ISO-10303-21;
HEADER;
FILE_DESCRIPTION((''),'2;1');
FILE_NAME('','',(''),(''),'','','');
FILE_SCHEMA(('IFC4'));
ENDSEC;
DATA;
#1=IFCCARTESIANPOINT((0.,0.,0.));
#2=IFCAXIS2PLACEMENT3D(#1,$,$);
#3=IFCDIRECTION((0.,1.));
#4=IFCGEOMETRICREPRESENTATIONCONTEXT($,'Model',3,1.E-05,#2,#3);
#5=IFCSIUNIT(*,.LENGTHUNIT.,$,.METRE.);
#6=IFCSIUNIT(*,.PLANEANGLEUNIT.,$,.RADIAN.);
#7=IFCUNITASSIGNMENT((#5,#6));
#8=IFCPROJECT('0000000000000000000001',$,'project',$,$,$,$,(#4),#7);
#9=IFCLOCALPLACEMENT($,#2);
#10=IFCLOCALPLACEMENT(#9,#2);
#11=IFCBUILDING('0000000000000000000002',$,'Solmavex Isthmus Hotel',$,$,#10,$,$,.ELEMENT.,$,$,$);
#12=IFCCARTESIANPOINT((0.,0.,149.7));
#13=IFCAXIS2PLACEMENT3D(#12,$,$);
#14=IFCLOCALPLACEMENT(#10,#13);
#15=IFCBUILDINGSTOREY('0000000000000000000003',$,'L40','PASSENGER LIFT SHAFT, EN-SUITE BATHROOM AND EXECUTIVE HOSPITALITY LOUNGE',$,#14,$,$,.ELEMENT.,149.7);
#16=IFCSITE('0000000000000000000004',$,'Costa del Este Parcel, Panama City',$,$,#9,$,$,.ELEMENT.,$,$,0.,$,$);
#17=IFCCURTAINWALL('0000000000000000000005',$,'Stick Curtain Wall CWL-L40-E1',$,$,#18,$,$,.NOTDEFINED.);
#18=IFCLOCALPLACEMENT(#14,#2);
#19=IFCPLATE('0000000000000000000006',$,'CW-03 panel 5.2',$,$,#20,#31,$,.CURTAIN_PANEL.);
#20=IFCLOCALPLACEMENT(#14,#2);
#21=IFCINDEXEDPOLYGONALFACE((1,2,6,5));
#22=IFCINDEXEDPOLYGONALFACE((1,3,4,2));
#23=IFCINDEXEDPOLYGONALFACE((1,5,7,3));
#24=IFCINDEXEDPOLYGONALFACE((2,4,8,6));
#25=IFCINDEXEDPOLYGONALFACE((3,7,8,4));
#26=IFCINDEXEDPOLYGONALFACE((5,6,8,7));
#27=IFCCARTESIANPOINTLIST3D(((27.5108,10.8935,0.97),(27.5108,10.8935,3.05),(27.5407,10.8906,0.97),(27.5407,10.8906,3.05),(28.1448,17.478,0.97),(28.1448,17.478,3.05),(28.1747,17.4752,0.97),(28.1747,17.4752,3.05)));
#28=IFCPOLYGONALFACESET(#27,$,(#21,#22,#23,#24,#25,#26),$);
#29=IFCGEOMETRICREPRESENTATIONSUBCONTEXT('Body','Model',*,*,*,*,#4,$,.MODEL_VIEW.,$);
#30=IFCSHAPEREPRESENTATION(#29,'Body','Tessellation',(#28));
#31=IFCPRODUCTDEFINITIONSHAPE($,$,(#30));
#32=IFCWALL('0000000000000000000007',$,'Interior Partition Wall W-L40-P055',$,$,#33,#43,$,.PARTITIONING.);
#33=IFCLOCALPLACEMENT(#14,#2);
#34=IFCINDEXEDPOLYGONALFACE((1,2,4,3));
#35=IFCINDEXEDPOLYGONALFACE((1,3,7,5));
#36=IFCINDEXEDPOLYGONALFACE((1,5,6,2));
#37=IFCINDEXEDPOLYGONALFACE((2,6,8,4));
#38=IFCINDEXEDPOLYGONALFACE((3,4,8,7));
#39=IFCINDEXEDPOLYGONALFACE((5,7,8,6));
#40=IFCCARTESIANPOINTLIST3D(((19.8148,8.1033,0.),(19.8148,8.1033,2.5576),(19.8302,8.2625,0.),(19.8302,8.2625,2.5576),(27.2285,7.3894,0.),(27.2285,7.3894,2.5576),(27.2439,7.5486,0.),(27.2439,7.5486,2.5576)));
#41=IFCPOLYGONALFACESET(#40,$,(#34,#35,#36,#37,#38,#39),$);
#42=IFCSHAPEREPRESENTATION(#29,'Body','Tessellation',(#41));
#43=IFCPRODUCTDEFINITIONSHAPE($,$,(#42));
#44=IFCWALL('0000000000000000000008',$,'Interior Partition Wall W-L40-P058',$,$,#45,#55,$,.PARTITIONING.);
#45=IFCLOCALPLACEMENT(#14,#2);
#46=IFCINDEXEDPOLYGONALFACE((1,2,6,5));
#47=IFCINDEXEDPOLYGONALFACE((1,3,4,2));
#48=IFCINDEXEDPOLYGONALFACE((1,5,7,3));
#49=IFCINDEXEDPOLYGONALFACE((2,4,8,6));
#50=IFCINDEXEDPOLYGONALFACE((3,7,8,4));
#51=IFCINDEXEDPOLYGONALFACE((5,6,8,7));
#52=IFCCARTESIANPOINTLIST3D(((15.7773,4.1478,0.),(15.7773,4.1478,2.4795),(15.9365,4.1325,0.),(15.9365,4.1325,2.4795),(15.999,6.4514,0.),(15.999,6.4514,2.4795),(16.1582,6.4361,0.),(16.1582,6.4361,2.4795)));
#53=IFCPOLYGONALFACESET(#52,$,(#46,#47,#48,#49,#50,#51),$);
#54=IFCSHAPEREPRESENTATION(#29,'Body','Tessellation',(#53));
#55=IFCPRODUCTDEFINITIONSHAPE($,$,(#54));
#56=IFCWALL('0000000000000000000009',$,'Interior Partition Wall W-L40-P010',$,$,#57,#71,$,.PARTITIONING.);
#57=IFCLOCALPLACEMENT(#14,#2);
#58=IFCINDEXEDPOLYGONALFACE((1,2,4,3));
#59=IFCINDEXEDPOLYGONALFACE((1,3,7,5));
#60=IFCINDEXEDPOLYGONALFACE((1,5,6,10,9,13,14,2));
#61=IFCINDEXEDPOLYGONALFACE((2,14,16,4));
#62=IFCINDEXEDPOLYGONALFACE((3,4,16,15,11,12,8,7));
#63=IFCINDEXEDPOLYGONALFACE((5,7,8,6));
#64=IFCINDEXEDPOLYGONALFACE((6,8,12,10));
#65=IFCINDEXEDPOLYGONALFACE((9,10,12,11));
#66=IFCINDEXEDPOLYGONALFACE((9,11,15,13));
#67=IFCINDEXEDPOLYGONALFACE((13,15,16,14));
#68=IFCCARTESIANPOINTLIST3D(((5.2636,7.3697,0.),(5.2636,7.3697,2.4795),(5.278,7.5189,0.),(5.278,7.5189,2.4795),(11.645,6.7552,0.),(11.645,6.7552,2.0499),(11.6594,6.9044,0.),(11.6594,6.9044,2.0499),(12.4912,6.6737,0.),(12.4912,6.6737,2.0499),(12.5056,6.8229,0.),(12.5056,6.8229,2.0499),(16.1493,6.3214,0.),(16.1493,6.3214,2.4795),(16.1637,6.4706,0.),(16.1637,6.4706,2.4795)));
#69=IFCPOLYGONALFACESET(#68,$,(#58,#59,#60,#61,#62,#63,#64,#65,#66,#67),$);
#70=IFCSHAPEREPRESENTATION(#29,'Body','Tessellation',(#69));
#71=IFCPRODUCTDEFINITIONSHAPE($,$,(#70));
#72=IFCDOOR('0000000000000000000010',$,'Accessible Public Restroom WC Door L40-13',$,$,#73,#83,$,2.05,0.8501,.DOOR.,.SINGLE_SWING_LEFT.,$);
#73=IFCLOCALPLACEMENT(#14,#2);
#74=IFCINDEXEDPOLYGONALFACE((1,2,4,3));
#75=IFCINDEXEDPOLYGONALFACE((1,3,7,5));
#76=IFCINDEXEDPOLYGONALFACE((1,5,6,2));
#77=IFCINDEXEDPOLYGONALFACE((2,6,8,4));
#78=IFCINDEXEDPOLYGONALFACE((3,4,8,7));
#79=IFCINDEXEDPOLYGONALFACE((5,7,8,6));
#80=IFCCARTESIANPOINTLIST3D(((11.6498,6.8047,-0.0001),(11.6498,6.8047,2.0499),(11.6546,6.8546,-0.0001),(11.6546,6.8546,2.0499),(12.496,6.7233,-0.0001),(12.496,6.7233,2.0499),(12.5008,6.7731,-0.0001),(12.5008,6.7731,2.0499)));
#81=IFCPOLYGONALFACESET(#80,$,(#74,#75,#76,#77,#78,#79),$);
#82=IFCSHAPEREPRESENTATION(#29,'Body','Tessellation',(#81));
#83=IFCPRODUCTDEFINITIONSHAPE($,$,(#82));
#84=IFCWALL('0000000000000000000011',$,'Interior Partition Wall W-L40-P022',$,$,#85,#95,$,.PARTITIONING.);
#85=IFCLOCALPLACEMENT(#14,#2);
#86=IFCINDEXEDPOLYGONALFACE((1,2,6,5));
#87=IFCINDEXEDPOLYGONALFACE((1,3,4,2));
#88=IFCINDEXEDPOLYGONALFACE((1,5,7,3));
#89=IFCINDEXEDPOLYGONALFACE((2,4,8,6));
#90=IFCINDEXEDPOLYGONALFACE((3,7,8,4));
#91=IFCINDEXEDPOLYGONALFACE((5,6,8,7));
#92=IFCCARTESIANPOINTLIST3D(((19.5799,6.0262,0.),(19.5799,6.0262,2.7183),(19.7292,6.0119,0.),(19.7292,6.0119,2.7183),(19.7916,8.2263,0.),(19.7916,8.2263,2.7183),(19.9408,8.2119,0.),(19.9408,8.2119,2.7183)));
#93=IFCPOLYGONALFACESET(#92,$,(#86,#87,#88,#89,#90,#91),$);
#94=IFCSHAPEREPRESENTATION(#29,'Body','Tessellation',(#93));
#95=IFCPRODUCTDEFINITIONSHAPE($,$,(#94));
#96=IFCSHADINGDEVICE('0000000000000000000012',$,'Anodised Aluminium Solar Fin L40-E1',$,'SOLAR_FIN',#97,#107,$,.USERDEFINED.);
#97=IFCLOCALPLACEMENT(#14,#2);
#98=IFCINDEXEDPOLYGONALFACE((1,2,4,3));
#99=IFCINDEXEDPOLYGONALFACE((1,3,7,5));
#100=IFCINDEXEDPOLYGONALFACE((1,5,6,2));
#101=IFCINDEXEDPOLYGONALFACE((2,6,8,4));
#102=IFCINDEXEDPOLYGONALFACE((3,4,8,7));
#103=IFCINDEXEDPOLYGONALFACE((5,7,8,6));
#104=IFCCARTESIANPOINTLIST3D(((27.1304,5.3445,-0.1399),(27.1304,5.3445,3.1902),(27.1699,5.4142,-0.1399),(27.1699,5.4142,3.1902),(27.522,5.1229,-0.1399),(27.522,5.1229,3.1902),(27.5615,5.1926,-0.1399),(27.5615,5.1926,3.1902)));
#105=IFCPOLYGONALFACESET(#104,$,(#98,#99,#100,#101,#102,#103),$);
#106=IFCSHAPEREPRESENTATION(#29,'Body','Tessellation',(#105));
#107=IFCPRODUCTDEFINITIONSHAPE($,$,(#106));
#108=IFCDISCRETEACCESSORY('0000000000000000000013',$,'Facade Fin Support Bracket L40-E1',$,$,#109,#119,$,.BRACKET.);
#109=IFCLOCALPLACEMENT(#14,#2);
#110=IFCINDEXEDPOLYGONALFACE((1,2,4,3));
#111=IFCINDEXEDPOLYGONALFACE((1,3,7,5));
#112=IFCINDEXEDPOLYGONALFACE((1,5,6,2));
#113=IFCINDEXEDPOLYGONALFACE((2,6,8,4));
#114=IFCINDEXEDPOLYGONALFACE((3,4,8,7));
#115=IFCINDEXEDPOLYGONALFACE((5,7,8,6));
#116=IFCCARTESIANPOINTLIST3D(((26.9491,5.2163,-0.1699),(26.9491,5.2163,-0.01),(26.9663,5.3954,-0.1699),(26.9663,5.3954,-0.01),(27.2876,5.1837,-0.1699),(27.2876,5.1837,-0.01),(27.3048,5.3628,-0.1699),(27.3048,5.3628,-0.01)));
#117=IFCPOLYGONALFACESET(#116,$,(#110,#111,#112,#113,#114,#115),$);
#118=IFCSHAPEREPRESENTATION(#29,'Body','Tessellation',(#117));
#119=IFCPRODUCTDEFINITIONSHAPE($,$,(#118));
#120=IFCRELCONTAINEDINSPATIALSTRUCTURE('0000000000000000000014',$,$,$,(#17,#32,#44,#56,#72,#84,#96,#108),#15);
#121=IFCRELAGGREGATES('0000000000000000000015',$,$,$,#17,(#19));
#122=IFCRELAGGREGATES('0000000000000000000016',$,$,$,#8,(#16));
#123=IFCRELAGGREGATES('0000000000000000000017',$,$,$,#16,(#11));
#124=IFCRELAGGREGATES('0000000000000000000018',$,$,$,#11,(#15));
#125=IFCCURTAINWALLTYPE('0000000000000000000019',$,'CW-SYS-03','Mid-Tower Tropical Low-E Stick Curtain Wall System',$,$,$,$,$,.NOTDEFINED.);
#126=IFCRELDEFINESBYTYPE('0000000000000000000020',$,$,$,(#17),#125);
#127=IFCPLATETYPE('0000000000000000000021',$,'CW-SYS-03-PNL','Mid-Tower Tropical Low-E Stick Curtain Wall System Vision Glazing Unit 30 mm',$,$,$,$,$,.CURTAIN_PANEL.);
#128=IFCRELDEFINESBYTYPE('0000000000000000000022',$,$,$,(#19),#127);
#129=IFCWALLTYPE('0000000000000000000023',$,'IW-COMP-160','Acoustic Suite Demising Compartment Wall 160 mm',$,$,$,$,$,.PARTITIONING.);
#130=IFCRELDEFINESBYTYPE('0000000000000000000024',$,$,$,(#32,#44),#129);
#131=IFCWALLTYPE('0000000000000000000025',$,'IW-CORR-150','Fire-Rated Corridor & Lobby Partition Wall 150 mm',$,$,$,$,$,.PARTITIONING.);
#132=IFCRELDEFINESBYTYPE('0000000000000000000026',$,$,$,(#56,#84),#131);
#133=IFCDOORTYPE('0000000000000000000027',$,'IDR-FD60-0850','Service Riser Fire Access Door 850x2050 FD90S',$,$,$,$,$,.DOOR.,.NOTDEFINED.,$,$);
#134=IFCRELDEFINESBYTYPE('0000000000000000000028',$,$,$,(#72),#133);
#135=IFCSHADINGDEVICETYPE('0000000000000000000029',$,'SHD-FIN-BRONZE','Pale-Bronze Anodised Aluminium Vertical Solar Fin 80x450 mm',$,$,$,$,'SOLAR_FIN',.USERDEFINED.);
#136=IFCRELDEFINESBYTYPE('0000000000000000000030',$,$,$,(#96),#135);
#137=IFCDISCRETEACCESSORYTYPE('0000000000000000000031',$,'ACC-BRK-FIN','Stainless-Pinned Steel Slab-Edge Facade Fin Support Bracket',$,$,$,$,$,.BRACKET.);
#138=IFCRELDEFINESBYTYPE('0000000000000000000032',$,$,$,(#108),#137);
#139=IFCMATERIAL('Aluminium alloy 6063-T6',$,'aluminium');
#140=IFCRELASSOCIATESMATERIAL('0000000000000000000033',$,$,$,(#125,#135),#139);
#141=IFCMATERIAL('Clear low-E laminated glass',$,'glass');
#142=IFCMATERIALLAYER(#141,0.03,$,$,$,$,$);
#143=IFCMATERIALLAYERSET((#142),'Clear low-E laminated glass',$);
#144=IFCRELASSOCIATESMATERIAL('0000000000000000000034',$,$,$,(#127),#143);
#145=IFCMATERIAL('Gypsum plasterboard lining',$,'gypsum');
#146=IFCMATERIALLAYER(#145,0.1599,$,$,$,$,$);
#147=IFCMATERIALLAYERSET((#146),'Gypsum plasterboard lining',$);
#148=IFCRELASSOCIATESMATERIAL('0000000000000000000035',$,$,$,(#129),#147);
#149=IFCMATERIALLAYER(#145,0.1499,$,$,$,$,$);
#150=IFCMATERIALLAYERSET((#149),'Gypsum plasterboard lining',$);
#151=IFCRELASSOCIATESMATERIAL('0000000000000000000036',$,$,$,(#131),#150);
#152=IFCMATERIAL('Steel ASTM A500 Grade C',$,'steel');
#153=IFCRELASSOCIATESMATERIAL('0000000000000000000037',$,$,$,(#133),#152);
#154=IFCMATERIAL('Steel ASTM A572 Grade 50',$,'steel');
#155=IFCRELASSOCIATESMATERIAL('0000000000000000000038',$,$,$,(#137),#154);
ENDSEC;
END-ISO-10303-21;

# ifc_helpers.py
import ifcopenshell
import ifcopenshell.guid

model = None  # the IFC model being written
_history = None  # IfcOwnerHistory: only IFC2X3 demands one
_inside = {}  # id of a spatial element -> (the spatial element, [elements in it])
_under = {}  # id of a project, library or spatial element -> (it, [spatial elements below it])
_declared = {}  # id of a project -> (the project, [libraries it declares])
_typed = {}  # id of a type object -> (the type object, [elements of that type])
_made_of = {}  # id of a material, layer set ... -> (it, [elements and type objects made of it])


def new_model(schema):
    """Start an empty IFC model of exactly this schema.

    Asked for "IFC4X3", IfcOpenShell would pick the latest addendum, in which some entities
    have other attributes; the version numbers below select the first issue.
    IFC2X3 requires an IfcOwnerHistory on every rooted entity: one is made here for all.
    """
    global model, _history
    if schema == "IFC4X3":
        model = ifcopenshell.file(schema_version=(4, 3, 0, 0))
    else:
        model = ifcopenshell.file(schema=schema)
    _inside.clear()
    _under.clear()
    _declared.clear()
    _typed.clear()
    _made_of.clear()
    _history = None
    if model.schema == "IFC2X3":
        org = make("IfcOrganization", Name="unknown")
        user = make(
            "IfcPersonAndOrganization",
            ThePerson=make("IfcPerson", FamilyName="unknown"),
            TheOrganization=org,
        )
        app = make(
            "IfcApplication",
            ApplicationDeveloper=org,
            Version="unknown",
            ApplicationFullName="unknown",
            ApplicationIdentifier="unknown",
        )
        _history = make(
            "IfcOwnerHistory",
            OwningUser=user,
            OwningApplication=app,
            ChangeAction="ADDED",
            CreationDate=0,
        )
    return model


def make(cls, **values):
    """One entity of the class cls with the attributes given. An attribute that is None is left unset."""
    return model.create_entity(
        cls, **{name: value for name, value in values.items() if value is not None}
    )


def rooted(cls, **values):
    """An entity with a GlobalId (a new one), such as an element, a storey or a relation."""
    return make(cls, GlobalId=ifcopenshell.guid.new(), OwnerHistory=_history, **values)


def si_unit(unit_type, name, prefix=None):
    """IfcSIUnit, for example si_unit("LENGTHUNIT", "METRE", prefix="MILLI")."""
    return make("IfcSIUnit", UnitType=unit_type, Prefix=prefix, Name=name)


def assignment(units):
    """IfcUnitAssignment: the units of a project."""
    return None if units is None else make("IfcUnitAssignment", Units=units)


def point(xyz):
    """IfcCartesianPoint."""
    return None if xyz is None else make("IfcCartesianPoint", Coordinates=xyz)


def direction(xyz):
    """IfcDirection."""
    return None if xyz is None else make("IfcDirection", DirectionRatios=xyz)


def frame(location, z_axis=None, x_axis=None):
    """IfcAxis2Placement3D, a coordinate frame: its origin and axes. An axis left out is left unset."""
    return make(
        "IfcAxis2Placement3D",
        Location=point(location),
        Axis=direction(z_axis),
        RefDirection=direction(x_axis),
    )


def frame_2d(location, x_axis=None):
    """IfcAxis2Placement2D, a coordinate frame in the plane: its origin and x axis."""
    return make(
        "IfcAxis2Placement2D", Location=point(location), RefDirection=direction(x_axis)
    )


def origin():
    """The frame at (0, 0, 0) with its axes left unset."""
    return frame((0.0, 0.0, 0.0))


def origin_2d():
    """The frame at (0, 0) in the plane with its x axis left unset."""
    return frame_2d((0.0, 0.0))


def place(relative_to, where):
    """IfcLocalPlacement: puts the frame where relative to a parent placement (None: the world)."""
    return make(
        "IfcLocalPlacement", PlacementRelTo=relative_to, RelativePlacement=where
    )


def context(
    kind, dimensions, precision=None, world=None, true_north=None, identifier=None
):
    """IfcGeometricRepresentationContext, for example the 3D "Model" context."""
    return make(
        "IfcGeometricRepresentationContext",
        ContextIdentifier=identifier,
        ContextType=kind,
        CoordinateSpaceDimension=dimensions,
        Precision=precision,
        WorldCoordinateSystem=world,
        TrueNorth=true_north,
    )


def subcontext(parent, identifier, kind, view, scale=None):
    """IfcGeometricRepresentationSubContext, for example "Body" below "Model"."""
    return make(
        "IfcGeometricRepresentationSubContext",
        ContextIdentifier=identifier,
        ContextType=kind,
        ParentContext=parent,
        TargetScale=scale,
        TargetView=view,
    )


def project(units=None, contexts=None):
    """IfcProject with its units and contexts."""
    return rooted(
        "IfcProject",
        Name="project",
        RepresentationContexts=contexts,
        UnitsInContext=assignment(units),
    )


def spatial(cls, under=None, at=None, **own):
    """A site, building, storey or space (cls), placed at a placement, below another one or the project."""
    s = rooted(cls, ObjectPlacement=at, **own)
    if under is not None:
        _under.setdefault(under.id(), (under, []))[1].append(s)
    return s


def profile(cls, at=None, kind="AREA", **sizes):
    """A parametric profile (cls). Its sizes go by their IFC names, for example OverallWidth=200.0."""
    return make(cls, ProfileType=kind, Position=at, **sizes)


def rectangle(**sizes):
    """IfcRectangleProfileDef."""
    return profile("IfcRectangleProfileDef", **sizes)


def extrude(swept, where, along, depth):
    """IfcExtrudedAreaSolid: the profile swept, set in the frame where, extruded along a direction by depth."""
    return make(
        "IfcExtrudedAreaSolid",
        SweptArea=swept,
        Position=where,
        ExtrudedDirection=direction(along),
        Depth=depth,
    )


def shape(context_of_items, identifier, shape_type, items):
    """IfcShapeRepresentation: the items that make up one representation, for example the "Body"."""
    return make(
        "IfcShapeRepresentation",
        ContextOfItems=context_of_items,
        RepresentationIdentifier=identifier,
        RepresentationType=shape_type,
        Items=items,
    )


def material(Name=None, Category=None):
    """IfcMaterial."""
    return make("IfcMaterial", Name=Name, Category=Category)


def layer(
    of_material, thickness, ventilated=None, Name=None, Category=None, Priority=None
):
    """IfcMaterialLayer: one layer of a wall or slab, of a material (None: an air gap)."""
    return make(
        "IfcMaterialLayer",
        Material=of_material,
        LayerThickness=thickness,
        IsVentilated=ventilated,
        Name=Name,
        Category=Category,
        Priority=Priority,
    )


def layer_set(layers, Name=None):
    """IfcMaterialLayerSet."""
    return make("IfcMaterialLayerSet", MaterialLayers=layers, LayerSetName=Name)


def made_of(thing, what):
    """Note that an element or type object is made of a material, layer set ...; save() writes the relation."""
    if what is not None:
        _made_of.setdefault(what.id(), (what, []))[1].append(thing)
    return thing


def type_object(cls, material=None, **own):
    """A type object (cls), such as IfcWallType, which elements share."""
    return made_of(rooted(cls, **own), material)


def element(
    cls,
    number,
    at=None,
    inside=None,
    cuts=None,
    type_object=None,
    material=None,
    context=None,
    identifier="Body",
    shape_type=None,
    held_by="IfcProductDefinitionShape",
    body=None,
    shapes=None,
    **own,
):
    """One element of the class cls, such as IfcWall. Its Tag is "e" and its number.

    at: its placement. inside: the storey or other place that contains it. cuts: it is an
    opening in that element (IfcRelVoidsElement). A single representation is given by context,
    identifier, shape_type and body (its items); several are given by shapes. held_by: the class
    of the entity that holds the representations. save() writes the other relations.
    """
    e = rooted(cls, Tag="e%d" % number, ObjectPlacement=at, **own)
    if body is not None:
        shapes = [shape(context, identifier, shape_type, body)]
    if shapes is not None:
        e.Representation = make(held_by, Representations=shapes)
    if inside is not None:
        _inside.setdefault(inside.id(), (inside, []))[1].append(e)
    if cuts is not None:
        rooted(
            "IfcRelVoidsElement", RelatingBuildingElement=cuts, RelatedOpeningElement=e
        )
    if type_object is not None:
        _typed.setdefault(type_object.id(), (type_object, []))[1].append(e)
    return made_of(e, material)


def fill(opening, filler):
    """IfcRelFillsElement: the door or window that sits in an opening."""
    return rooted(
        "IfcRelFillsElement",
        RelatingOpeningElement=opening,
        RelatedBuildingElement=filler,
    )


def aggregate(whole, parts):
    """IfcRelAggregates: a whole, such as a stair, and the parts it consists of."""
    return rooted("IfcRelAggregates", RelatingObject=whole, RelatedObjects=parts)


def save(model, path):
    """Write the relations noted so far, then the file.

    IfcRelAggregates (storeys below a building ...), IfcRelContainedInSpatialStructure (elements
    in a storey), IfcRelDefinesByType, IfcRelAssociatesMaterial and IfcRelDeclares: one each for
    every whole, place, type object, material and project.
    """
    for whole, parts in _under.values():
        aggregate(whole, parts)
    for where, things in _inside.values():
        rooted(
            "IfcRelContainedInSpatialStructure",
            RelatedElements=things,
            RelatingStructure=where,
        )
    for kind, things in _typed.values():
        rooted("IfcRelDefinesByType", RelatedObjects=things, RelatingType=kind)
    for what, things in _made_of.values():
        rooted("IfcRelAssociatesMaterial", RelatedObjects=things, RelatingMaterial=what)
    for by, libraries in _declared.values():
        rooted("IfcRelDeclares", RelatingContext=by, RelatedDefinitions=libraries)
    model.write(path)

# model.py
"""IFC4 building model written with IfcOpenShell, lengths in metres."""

from ifc_helpers import new_model, si_unit, direction, frame, frame_2d, origin, origin_2d, place, context, subcontext, project, spatial, rectangle, extrude, material, layer, layer_set, type_object, element, fill, aggregate, save


model = new_model("IFC4")

# Units and contexts
model_context = context("Model", 3, precision=1e-05, world=origin(), true_north=direction((0.0, 1.0)))
body_context = subcontext(model_context, "Body", "Model", "MODEL_VIEW")
ifc_project = project(units=[si_unit("LENGTHUNIT", "METRE"), si_unit("PLANEANGLEUNIT", "RADIAN")], contexts=[model_context])

# Site, building, storey
site_placement = place(None, origin())
site = spatial("IfcSite", under=ifc_project, at=site_placement, Name="Costa del Este Parcel, Panama City", CompositionType="ELEMENT", RefElevation=0.0)
building_placement = place(site_placement, origin())
building = spatial("IfcBuilding", under=site, at=building_placement, Name="Solmavex Isthmus Hotel", CompositionType="ELEMENT")
storey_placement = place(building_placement, frame((0.0, 0.0, 149.7)))
storey = spatial("IfcBuildingStorey", under=building, at=storey_placement, Name="L40", Description="PASSENGER LIFT SHAFT, EN-SUITE BATHROOM AND EXECUTIVE HOSPITALITY LOUNGE", CompositionType="ELEMENT", Elevation=149.7)

# Curtain wall, plate
ifc_material_1 = material(Name="Aluminium alloy 6063-T6", Category="aluminium")
curtain_wall_type = type_object("IfcCurtainWallType", Name="CW-SYS-03", Description="Mid-Tower Tropical Low-E Stick Curtain Wall System", PredefinedType="NOTDEFINED", material=ifc_material_1)
curtain_wall_placement = place(storey_placement, origin())
curtain_wall = element("IfcCurtainWall", 1, at=curtain_wall_placement, inside=storey, type_object=curtain_wall_type, Name="Stick Curtain Wall CWL-L40-E1", PredefinedType="NOTDEFINED")
ifc_material_2 = material(Name="Clear low-E laminated glass", Category="glass")
ifc_layer_1 = layer(ifc_material_2, 0.03)
ifc_layer_set_1 = layer_set([ifc_layer_1], Name="Clear low-E laminated glass")
plate_type = type_object("IfcPlateType", Name="CW-SYS-03-PNL", Description="Mid-Tower Tropical Low-E Stick Curtain Wall System Vision Glazing Unit 30 mm", PredefinedType="CURTAIN_PANEL", material=ifc_layer_set_1)
plate_1_placement = place(storey_placement, frame((27.8428, 14.1843, 0.97), z_axis=(0.0, 0.0, 1.0), x_axis=(0.095846, 0.995396, 0.0)))
plate_1 = element("IfcPlate", 2, at=plate_1_placement, type_object=plate_type, Name="CW-03 panel 5.2", PredefinedType="CURTAIN_PANEL", context=body_context, shape_type="SweptSolid", body=[
    extrude(rectangle(XDim=6.615, YDim=0.03, at=origin_2d()), origin(), (0.0, 0.0, 1.0), 2.0801),
])
aggregate(curtain_wall, [plate_1])

# Walls
ifc_material_3 = material(Name="Gypsum plasterboard lining", Category="gypsum")
ifc_layer_2 = layer(ifc_material_3, 0.1599)
ifc_layer_set_2 = layer_set([ifc_layer_2], Name="Gypsum plasterboard lining")
wall_type_1 = type_object("IfcWallType", Name="IW-COMP-160", Description="Acoustic Suite Demising Compartment Wall 160 mm", PredefinedType="PARTITIONING", material=ifc_layer_set_2)
wall_1_placement = place(storey_placement, frame((27.2363, 7.469, 0.0), z_axis=(0.0, 0.0, 1.0), x_axis=(-0.995396, 0.095845, 0.0)))
element("IfcWall", 3, at=wall_1_placement, inside=storey, type_object=wall_type_1, Name="Interior Partition Wall W-L40-P055", PredefinedType="PARTITIONING", context=body_context, shape_type="SweptSolid", body=[
    extrude(rectangle(XDim=7.448, YDim=0.1599, at=frame_2d((3.7241, 0.0))), origin(), (0.0, 0.0, 1.0), 2.5576),
])
wall_2_placement = place(storey_placement, frame((16.0786, 6.4438, 0.0), z_axis=(0.0, 0.0, 1.0), x_axis=(-0.095795, -0.995401, 0.0)))
element("IfcWall", 4, at=wall_2_placement, inside=storey, type_object=wall_type_1, Name="Interior Partition Wall W-L40-P058", PredefinedType="PARTITIONING", context=body_context, shape_type="SweptSolid", body=[
    extrude(rectangle(XDim=2.3142, YDim=0.1599, at=frame_2d((1.1572, 0.0))), origin(), (0.0, 0.0, 1.0), 2.4795),
])

# Wall, opening, door
ifc_layer_3 = layer(ifc_material_3, 0.1499)
ifc_layer_set_3 = layer_set([ifc_layer_3], Name="Gypsum plasterboard lining")
wall_type_2 = type_object("IfcWallType", Name="IW-CORR-150", Description="Fire-Rated Corridor & Lobby Partition Wall 150 mm", PredefinedType="PARTITIONING", material=ifc_layer_set_3)
wall_3_placement = place(storey_placement, frame((16.1565, 6.396, 0.0), z_axis=(0.0, 0.0, 1.0), x_axis=(-0.995395, 0.09586, 0.0)))
wall_3 = element("IfcWall", 5, at=wall_3_placement, inside=storey, type_object=wall_type_2, Name="Interior Partition Wall W-L40-P010", PredefinedType="PARTITIONING", context=body_context, shape_type="SweptSolid", body=[
    extrude(rectangle(XDim=10.936, YDim=0.1499, at=frame_2d((5.468, 0.0))), origin(), (0.0, 0.0, 1.0), 2.4795),
])
opening_1_placement = place(wall_3_placement, frame((3.675, 0.0, 0.0)))
opening_1 = element("IfcOpeningElement", 6, at=opening_1_placement, cuts=wall_3, PredefinedType="OPENING", context=body_context, shape_type="SweptSolid", body=[
    extrude(rectangle(XDim=0.8501, YDim=2.05, at=frame_2d((0.425, 1.0249))), frame((0.0, 0.085, 0.0), z_axis=(0.0, -1.0, 0.0), x_axis=(1.0, 0.0, 0.0)), (0.0, 0.0, 1.0), 0.1699),
])
ifc_material_4 = material(Name="Steel ASTM A500 Grade C", Category="steel")
door_type_1 = type_object("IfcDoorType", Name="IDR-FD60-0850", Description="Service Riser Fire Access Door 850x2050 FD90S", OperationType="NOTDEFINED", PredefinedType="DOOR", material=ifc_material_4)
door_1_placement = place(opening_1_placement, frame((0.8501, 0.0, 0.0), z_axis=(0.0, 0.0, 1.0), x_axis=(-1.0, 0.0, 0.0)))
door_1 = element("IfcDoor", 7, at=door_1_placement, inside=storey, type_object=door_type_1, Name="Accessible Public Restroom WC Door L40-13", OperationType="SINGLE_SWING_LEFT", OverallHeight=2.05, OverallWidth=0.8501, PredefinedType="DOOR", context=body_context, shape_type="SweptSolid", body=[
    extrude(rectangle(XDim=0.8501, YDim=2.05, at=frame_2d((0.425, 1.0249))), frame((0.0, 0.0249, 0.0), z_axis=(0.0, -1.0, 0.0), x_axis=(1.0, 0.0, 0.0)), (0.0, 0.0, 1.0), 0.05),
])
fill(opening_1, door_1)

# Wall
wall_4_placement = place(storey_placement, frame((19.8662, 8.219, 0.0), z_axis=(0.0, 0.0, 1.0), x_axis=(-0.095773, -0.995403, 0.0)))
element("IfcWall", 8, at=wall_4_placement, inside=storey, type_object=wall_type_2, Name="Interior Partition Wall W-L40-P022", PredefinedType="PARTITIONING", context=body_context, shape_type="SweptSolid", body=[
    extrude(rectangle(XDim=2.2102, YDim=0.1499, at=frame_2d((1.105, 0.0))), origin(), (0.0, 0.0, 1.0), 2.7183),
])

# Shading device
shading_device_type = type_object("IfcShadingDeviceType", Name="SHD-FIN-BRONZE", Description="Pale-Bronze Anodised Aluminium Vertical Solar Fin 80x450 mm", ElementType="SOLAR_FIN", PredefinedType="USERDEFINED", material=ifc_material_1)
shading_device_placement = place(storey_placement, frame((27.3459, 5.2686, -0.1399), z_axis=(0.0, 0.0, 1.0), x_axis=(0.870356, -0.492424, 0.0)))
element("IfcShadingDevice", 9, at=shading_device_placement, inside=storey, type_object=shading_device_type, Name="Anodised Aluminium Solar Fin L40-E1", ObjectType="SOLAR_FIN", PredefinedType="USERDEFINED", context=body_context, shape_type="SweptSolid", body=[
    extrude(rectangle(XDim=0.45, YDim=0.0801, at=origin_2d()), origin(), (0.0, 0.0, 1.0), 3.3301),
])

# Discrete accessory
ifc_material_5 = material(Name="Steel ASTM A572 Grade 50", Category="steel")
discrete_accessory_type = type_object("IfcDiscreteAccessoryType", Name="ACC-BRK-FIN", Description="Stainless-Pinned Steel Slab-Edge Facade Fin Support Bracket", PredefinedType="BRACKET", material=ifc_material_5)
discrete_accessory_placement = place(storey_placement, frame((27.127, 5.2896, -0.1699), z_axis=(0.0, 0.0, 1.0), x_axis=(0.995396, -0.095846, 0.0)))
element("IfcDiscreteAccessory", 10, at=discrete_accessory_placement, inside=storey, type_object=discrete_accessory_type, Name="Facade Fin Support Bracket L40-E1", PredefinedType="BRACKET", context=body_context, shape_type="SweptSolid", body=[
    extrude(rectangle(XDim=0.3401, YDim=0.1799, at=origin_2d()), origin(), (0.0, 0.0, 1.0), 0.1599),
])

save(model, "model.ifc")
